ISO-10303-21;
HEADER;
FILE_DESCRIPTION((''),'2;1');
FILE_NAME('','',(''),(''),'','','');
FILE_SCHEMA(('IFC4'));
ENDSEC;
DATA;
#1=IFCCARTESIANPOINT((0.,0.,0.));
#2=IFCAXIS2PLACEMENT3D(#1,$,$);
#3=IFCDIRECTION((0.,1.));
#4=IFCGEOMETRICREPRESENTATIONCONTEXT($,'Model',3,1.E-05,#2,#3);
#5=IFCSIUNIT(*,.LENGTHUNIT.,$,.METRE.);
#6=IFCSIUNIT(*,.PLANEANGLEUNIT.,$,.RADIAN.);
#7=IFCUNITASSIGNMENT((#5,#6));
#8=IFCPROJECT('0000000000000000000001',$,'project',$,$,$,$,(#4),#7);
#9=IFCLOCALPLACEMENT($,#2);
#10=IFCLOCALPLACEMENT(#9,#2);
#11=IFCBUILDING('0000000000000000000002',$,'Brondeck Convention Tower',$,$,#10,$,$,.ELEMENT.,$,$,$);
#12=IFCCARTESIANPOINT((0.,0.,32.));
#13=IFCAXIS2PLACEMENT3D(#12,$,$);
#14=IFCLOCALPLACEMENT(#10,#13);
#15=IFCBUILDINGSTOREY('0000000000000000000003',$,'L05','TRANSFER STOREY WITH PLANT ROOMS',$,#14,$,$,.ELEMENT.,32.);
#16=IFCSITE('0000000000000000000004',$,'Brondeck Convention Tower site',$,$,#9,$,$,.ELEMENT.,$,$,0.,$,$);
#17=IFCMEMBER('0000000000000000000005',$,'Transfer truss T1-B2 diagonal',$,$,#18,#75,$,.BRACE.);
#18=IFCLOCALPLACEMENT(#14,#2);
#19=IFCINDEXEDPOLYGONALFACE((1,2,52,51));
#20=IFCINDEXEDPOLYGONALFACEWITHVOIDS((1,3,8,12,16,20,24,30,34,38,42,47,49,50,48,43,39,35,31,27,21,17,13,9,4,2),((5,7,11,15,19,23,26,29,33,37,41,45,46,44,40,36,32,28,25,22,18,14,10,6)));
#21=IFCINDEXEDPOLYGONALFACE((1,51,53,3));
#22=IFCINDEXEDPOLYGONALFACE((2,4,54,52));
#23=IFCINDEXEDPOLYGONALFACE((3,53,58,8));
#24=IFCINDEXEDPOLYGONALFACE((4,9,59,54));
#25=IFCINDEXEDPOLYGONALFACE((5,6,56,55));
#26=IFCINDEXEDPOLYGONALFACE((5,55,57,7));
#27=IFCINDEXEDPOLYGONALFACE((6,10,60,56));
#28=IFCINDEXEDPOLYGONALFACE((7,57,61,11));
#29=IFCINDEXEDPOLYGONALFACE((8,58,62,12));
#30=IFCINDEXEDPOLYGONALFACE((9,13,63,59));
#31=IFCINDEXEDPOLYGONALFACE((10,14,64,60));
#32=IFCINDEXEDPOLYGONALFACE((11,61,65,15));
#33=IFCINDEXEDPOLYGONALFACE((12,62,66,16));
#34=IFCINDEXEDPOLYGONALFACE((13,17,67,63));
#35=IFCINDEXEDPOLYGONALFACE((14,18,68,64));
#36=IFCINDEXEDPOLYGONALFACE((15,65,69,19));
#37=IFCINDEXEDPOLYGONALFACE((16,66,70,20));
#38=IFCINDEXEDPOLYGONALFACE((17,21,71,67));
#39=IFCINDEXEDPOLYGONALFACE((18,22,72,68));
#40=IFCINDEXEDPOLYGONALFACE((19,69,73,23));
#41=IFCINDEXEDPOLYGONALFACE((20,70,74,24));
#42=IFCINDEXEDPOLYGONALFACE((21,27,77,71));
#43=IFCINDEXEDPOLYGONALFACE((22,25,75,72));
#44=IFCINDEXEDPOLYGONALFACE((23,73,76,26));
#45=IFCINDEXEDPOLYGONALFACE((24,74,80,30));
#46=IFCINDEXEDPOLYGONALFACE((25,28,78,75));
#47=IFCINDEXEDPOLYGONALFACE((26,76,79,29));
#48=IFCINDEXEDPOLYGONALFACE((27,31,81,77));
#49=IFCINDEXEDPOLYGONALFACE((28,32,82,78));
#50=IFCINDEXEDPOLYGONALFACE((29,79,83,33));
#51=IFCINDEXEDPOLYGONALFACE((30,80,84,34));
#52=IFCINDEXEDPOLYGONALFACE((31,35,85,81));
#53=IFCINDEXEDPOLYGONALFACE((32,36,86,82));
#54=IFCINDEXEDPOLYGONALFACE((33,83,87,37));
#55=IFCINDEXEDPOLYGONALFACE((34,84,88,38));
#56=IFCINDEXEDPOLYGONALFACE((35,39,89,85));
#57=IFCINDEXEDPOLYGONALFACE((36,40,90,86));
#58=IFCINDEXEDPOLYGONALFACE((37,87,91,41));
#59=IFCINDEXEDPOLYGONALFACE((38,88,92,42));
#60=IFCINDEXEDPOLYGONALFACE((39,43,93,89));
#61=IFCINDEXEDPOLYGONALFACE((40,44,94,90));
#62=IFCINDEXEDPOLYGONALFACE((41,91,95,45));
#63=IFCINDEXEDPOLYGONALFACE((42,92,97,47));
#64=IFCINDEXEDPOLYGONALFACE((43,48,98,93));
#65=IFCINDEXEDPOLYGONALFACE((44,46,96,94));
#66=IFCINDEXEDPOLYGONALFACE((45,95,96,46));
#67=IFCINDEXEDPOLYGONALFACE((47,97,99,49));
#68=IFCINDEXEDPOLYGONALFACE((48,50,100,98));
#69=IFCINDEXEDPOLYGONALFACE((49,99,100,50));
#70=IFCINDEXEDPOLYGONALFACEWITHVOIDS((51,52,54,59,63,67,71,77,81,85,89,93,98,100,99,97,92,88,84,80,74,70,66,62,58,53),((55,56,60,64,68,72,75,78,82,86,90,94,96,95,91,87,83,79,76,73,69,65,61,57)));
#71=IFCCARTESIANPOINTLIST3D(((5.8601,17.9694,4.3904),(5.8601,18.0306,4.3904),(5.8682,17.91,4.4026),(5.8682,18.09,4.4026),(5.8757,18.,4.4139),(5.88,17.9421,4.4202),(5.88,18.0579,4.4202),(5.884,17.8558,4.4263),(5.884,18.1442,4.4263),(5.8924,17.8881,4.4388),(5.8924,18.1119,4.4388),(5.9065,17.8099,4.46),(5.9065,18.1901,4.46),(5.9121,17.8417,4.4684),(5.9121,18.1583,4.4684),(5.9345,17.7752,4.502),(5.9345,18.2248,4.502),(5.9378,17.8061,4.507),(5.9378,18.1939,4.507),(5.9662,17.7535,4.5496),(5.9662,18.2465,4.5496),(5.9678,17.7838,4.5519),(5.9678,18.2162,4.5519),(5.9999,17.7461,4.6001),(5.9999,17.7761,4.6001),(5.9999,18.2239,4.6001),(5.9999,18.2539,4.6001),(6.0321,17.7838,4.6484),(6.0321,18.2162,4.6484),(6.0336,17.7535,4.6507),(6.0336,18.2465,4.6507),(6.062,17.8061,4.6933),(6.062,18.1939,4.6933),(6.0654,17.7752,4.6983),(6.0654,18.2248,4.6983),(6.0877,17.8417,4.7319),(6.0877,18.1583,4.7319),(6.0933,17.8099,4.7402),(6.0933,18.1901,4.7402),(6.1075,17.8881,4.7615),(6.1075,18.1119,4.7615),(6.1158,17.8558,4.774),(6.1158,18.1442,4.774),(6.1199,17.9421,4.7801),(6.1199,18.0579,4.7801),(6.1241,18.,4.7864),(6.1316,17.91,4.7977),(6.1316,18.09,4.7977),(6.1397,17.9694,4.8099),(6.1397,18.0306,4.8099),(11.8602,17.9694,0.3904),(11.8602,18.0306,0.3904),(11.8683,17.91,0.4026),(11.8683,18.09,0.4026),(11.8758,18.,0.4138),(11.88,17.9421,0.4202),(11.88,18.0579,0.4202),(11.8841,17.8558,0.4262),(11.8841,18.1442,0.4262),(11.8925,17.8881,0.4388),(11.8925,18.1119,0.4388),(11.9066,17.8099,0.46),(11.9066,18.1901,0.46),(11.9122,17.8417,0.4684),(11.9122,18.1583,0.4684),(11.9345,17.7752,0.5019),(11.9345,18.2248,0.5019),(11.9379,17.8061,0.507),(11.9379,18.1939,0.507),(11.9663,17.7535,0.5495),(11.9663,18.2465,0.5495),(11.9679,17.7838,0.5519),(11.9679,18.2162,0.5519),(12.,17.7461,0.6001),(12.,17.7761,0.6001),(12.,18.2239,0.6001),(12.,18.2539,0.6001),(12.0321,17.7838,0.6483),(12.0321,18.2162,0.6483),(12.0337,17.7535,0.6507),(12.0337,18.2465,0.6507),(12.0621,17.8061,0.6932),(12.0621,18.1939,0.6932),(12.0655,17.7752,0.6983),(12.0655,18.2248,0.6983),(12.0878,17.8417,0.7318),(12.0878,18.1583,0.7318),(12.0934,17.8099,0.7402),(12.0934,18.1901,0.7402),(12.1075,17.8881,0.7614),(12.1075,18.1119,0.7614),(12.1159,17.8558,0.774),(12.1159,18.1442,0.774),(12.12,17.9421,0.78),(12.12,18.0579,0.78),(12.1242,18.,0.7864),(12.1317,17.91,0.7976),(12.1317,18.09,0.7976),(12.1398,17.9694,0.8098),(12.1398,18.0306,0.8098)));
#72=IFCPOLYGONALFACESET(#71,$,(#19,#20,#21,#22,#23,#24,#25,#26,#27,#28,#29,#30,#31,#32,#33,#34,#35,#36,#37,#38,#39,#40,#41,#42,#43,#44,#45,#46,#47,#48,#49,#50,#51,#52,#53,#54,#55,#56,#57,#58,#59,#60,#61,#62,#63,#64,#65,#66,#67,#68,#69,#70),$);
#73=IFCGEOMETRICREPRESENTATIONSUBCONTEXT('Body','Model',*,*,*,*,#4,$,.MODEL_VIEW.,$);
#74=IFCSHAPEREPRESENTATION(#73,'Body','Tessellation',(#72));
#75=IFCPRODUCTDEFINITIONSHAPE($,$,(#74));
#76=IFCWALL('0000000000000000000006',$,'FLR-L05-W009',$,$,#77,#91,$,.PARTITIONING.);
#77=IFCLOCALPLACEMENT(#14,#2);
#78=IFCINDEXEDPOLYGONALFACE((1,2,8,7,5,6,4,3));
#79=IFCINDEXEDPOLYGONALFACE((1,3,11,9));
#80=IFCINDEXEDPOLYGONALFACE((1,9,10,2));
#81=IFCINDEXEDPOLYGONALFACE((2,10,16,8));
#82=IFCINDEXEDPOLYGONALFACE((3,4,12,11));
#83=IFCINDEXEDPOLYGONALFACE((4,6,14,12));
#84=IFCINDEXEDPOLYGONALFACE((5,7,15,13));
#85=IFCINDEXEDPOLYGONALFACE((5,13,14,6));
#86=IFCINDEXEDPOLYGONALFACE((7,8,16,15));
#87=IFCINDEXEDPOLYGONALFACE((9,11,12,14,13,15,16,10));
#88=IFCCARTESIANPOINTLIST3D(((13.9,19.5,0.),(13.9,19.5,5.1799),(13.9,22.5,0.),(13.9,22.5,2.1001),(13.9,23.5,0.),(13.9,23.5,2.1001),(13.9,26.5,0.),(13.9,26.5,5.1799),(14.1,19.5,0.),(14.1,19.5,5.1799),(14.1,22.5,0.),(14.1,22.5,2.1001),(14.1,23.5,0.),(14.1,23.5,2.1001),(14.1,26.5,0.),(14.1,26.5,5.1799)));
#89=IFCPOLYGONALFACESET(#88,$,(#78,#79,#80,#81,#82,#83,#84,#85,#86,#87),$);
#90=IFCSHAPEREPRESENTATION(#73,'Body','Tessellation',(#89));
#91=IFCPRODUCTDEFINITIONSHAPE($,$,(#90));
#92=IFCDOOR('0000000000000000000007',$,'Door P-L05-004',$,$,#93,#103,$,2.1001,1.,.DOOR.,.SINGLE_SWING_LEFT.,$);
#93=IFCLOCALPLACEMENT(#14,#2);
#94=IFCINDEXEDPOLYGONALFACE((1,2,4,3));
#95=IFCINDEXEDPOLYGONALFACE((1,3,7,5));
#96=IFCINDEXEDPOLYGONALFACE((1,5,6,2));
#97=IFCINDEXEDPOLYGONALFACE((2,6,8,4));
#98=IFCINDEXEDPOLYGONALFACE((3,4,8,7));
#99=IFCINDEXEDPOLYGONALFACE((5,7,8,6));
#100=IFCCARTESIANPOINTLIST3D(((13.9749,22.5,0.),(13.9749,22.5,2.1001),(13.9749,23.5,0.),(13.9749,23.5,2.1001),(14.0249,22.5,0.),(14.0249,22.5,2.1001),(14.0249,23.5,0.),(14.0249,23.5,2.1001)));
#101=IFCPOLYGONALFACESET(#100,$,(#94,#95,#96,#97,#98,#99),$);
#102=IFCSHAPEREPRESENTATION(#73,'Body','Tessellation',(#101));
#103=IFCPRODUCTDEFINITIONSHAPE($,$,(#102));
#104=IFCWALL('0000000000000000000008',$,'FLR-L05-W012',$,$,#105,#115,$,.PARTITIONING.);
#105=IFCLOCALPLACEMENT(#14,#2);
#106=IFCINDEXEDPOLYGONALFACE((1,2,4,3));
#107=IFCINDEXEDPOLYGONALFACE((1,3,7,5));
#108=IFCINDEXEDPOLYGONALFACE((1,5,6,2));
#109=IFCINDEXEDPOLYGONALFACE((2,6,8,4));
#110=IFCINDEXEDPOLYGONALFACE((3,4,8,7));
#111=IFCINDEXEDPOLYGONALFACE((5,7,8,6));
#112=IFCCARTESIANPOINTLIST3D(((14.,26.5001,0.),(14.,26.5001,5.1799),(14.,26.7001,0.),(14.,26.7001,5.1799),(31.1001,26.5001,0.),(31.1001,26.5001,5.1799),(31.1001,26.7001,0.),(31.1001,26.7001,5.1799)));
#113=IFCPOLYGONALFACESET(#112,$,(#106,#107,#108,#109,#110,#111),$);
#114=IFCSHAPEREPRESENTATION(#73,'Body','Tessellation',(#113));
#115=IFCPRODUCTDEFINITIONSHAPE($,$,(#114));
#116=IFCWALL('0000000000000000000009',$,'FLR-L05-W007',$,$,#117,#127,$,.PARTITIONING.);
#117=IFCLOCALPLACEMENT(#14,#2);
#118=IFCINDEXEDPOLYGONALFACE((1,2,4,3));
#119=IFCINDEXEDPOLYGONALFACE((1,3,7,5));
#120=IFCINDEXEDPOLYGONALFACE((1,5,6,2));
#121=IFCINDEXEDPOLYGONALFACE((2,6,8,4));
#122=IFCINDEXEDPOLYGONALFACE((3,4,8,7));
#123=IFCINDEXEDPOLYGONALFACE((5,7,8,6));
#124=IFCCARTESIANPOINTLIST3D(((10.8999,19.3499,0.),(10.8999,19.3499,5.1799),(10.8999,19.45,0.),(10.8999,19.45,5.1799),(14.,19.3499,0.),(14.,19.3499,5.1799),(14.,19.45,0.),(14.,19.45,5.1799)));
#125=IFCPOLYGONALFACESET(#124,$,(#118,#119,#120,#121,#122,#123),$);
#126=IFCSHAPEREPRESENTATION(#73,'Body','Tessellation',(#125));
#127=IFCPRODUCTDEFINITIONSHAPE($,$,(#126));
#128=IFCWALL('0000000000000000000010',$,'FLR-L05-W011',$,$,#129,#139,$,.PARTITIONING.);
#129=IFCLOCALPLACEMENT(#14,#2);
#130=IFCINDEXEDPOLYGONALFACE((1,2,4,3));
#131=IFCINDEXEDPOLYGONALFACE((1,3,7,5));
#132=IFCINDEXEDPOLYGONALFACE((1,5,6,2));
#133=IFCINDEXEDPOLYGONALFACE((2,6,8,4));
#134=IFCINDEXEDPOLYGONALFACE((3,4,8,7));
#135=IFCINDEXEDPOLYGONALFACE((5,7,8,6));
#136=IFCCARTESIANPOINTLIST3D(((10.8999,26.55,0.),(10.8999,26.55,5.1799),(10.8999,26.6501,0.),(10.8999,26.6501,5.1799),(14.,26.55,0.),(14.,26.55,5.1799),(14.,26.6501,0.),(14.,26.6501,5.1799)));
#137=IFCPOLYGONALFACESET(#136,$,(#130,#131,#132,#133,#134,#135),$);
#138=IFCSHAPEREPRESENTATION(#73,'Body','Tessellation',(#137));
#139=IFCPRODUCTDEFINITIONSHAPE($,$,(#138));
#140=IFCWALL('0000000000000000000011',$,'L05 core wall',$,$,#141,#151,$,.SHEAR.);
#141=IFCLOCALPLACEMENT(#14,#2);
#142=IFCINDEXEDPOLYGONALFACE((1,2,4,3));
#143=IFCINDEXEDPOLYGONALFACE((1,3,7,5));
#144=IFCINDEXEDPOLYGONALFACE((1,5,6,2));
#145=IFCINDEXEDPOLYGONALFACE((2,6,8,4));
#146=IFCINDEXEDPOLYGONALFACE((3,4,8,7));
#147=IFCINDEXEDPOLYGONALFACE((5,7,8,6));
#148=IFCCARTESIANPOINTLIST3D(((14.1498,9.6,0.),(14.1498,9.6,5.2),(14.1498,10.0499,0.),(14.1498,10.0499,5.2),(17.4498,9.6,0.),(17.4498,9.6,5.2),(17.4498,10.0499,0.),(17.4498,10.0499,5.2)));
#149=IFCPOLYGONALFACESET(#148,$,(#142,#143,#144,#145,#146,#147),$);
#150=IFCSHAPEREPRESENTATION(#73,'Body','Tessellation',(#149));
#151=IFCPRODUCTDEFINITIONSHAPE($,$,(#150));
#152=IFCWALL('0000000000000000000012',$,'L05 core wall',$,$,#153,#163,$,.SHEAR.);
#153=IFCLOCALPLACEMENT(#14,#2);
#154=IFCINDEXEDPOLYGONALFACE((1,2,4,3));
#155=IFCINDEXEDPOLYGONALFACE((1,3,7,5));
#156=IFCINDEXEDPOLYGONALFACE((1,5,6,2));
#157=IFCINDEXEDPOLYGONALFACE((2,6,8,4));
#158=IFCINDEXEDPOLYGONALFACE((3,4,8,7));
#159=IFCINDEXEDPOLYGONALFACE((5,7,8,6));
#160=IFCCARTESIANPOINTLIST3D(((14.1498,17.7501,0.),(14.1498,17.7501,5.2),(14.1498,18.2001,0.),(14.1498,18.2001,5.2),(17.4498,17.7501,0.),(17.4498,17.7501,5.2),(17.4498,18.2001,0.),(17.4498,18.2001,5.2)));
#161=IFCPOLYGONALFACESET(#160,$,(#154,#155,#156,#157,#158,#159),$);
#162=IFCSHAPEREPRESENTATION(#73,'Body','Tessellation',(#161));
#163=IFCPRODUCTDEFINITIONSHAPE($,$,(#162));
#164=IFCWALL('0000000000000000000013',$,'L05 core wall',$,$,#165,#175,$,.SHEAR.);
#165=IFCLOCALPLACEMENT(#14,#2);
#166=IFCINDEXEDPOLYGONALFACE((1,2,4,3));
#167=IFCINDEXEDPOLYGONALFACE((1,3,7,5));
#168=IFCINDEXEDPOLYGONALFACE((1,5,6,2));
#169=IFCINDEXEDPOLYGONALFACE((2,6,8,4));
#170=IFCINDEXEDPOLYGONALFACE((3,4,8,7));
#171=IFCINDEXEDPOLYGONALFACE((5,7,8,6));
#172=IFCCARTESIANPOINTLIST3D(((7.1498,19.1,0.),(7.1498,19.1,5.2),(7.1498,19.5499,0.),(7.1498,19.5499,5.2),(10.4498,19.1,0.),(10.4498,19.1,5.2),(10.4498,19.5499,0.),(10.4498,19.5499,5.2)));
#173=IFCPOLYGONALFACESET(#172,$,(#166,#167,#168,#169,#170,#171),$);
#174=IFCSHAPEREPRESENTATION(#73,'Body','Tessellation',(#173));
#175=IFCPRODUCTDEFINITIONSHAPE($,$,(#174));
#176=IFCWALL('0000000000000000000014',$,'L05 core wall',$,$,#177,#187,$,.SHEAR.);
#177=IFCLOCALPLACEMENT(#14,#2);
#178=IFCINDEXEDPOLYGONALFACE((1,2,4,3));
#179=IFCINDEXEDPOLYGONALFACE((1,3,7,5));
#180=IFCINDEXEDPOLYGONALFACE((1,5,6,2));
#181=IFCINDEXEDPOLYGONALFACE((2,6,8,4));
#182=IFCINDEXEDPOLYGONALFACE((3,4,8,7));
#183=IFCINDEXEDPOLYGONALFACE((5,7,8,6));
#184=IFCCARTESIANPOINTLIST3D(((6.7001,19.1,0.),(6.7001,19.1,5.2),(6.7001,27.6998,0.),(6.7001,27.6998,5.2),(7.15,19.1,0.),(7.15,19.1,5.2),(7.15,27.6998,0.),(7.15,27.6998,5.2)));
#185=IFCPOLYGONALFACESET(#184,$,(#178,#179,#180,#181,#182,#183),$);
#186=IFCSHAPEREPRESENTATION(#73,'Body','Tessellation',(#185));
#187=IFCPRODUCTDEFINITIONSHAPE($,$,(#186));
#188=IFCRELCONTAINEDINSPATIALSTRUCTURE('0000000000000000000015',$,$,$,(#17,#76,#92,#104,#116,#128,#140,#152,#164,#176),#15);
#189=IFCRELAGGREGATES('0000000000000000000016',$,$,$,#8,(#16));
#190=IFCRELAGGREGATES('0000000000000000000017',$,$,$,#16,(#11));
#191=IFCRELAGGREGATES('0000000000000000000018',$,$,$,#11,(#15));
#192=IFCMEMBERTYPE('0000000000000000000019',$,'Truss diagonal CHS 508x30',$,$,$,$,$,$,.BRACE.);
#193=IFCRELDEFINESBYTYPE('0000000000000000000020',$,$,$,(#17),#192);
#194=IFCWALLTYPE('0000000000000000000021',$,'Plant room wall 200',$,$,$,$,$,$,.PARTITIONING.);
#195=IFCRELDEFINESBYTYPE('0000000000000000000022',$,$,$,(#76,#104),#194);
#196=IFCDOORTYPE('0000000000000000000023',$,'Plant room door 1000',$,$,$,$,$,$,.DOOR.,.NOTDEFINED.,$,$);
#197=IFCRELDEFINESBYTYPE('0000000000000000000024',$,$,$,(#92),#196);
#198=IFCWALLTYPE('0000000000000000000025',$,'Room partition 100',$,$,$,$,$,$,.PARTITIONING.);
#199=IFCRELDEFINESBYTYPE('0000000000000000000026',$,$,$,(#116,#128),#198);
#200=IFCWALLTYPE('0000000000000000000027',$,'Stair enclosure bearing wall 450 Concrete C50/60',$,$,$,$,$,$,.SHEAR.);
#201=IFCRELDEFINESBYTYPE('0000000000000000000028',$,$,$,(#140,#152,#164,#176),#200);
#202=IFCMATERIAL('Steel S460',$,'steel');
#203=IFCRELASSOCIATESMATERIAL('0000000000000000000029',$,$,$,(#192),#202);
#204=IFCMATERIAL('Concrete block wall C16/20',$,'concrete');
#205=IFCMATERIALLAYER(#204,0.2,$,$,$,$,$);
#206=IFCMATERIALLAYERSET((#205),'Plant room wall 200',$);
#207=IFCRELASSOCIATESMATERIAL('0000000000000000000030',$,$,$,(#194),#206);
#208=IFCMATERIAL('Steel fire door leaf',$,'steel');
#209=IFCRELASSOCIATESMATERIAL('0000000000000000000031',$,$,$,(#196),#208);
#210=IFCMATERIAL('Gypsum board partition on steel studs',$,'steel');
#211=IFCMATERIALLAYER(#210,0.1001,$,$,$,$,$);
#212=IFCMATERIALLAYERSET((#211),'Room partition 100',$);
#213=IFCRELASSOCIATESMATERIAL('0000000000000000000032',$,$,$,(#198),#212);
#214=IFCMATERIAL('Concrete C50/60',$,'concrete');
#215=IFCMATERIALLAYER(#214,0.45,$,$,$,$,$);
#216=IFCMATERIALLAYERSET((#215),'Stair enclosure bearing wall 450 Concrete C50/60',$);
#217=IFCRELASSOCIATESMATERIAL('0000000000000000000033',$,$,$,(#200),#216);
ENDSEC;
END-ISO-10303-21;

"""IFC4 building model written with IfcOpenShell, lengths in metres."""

from ifc_helpers import new_model, si_unit, direction, frame, frame_2d, origin, origin_2d, place, context, subcontext, project, spatial, rectangle, hollow_circle, extrude, material, layer, layer_set, material_profile, profile_set, type_object, element, fill, save


model = new_model("IFC4")

# Units and contexts
model_context = context("Model", 3, precision=1e-05, world=origin(), true_north=direction((0.0, 1.0)))
body_context = subcontext(model_context, "Body", "Model", "MODEL_VIEW")
ifc_project = project(units=[si_unit("LENGTHUNIT", "METRE"), si_unit("PLANEANGLEUNIT", "RADIAN")], contexts=[model_context])

# Site, building, storey
site_placement = place(None, origin())
site = spatial("IfcSite", under=ifc_project, at=site_placement, Name="Brondeck Convention Tower site", CompositionType="ELEMENT", RefElevation=0.0)
building_placement = place(site_placement, origin())
building = spatial("IfcBuilding", under=site, at=building_placement, Name="Brondeck Convention Tower", CompositionType="ELEMENT")
storey_placement = place(building_placement, frame((0.0, 0.0, 32.0)))
storey = spatial("IfcBuildingStorey", under=building, at=storey_placement, Name="L05", Description="TRANSFER STOREY WITH PLANT ROOMS", CompositionType="ELEMENT", Elevation=32.0)

# Shared definitions
ifc_material_1 = material(Name="Steel S460", Category="steel")

# Member
ifc_material_profile_1 = material_profile(ifc_material_1, hollow_circle(Radius=0.2539, WallThickness=0.03, at=origin_2d()), Name="CHS 508x30")
ifc_profile_set_1 = profile_set([ifc_material_profile_1], Name="Steel S460")
member_type_1 = type_object("IfcMemberType", Name="Truss diagonal CHS 508x30", PredefinedType="BRACE", material=ifc_profile_set_1)
member_1_placement = place(storey_placement, frame((12.0, 18.0, 0.6001), z_axis=(-0.83205, 0.0, 0.5547), x_axis=(0.0, -1.0, 0.0)))
element("IfcMember", 1, at=member_1_placement, inside=storey, type_object=member_type_1, Name="Transfer truss T1-B2 diagonal", PredefinedType="BRACE", context=body_context, shape_type="SweptSolid", body=[
    extrude(hollow_circle(Radius=0.2539, WallThickness=0.03, at=origin_2d()), origin(), (0.0, 0.0, 1.0), 7.2112),
])

# Wall, opening, door
ifc_material_2 = material(Name="Concrete block wall C16/20", Category="concrete")
ifc_layer_1 = layer(ifc_material_2, 0.2)
ifc_layer_set_1 = layer_set([ifc_layer_1], Name="Plant room wall 200")
wall_type_1 = type_object("IfcWallType", Name="Plant room wall 200", PredefinedType="PARTITIONING", material=ifc_layer_set_1)
wall_1_placement = place(storey_placement, frame((14.0, 26.5, 0.0), z_axis=(0.0, 0.0, 1.0), x_axis=(0.0, -1.0, 0.0)))
wall_1 = element("IfcWall", 2, at=wall_1_placement, inside=storey, type_object=wall_type_1, Name="FLR-L05-W009", PredefinedType="PARTITIONING", context=body_context, shape_type="SweptSolid", body=[
    extrude(rectangle(XDim=7.0, YDim=0.2, at=frame_2d((3.5, 0.0))), origin(), (0.0, 0.0, 1.0), 5.1799),
])
opening_1_placement = place(wall_1_placement, frame((3.0, 0.0, 0.0)))
opening_1 = element("IfcOpeningElement", 3, at=opening_1_placement, cuts=wall_1, PredefinedType="OPENING", context=body_context, shape_type="SweptSolid", body=[
    extrude(rectangle(XDim=1.0, YDim=2.1001, at=frame_2d((0.5, 1.05))), frame((0.0, 0.1099, 0.0), z_axis=(0.0, -1.0, 0.0), x_axis=(1.0, 0.0, 0.0)), (0.0, 0.0, 1.0), 0.22),
])
ifc_material_3 = material(Name="Steel fire door leaf", Category="steel")
door_type_1 = type_object("IfcDoorType", Name="Plant room door 1000", OperationType="NOTDEFINED", PredefinedType="DOOR", material=ifc_material_3)
door_1_placement = place(opening_1_placement, origin())
door_1 = element("IfcDoor", 4, at=door_1_placement, inside=storey, type_object=door_type_1, Name="Door P-L05-004", OperationType="SINGLE_SWING_LEFT", OverallHeight=2.1001, OverallWidth=1.0, PredefinedType="DOOR", context=body_context, shape_type="SweptSolid", body=[
    extrude(rectangle(XDim=1.0, YDim=2.1001, at=frame_2d((0.5, 1.05))), frame((0.0, 0.0249, 0.0), z_axis=(0.0, -1.0, 0.0), x_axis=(1.0, 0.0, 0.0)), (0.0, 0.0, 1.0), 0.05),
])
fill(opening_1, door_1)

# Walls
wall_2_placement = place(storey_placement, frame((14.0, 26.6001, 0.0), z_axis=(0.0, 0.0, 1.0), x_axis=(1.0, 0.0, 0.0)))
element("IfcWall", 5, at=wall_2_placement, inside=storey, type_object=wall_type_1, Name="FLR-L05-W012", PredefinedType="PARTITIONING", context=body_context, shape_type="SweptSolid", body=[
    extrude(rectangle(XDim=17.1001, YDim=0.2, at=frame_2d((8.55, 0.0))), origin(), (0.0, 0.0, 1.0), 5.1799),
])
ifc_material_4 = material(Name="Gypsum board partition on steel studs", Category="steel")
ifc_layer_2 = layer(ifc_material_4, 0.1001)
ifc_layer_set_2 = layer_set([ifc_layer_2], Name="Room partition 100")
wall_type_2 = type_object("IfcWallType", Name="Room partition 100", PredefinedType="PARTITIONING", material=ifc_layer_set_2)
for number, where, z_axis, x_axis, name in (
    (6, (14.0, 19.3999, 0.0), (0.0, 0.0, 1.0), (-1.0, 0.0, 0.0), "FLR-L05-W007"),
    (7, (10.8999, 26.6001, 0.0), (0.0, 0.0, 1.0), (1.0, 0.0, 0.0), "FLR-L05-W011"),
):
    element("IfcWall", number, at=place(storey_placement, frame(where, z_axis=z_axis, x_axis=x_axis)), inside=storey, type_object=wall_type_2, Name=name, PredefinedType="PARTITIONING", context=body_context, shape_type="SweptSolid", body=[
        extrude(rectangle(XDim=3.1001, YDim=0.1001, at=frame_2d((1.55, 0.0))), origin(), (0.0, 0.0, 1.0), 5.1799),
    ])
ifc_material_5 = material(Name="Concrete C50/60", Category="concrete")
ifc_layer_3 = layer(ifc_material_5, 0.45)
ifc_layer_set_3 = layer_set([ifc_layer_3], Name="Stair enclosure bearing wall 450 Concrete C50/60")
wall_type_3 = type_object("IfcWallType", Name="Stair enclosure bearing wall 450 Concrete C50/60", PredefinedType="SHEAR", material=ifc_layer_set_3)
for number, where, z_axis, x_axis, name in (
    (8, (14.1499, 9.825, 0.0), (0.0, 0.0, 1.0), (1.0, 0.0, 0.0), "L05 core wall"),
    (9, (14.1499, 17.9751, 0.0), (0.0, 0.0, 1.0), (1.0, 0.0, 0.0), "L05 core wall"),
    (10, (7.1499, 19.325, 0.0), (0.0, 0.0, 1.0), (1.0, 0.0, 0.0), "L05 core wall"),
):
    element("IfcWall", number, at=place(storey_placement, frame(where, z_axis=z_axis, x_axis=x_axis)), inside=storey, type_object=wall_type_3, Name=name, PredefinedType="SHEAR", context=body_context, shape_type="SweptSolid", body=[
        extrude(rectangle(XDim=3.3, YDim=0.45, at=frame_2d((1.6499, 0.0))), origin(), (0.0, 0.0, 1.0), 5.2),
    ])
wall_3_placement = place(storey_placement, frame((6.925, 19.1001, 0.0), z_axis=(0.0, 0.0, 1.0), x_axis=(0.0, 1.0, 0.0)))
element("IfcWall", 11, at=wall_3_placement, inside=storey, type_object=wall_type_3, Name="L05 core wall", PredefinedType="SHEAR", context=body_context, shape_type="SweptSolid", body=[
    extrude(rectangle(XDim=8.5999, YDim=0.45, at=frame_2d((4.2998, 0.0))), origin(), (0.0, 0.0, 1.0), 5.2),
])

save(model, "model.ifc")
